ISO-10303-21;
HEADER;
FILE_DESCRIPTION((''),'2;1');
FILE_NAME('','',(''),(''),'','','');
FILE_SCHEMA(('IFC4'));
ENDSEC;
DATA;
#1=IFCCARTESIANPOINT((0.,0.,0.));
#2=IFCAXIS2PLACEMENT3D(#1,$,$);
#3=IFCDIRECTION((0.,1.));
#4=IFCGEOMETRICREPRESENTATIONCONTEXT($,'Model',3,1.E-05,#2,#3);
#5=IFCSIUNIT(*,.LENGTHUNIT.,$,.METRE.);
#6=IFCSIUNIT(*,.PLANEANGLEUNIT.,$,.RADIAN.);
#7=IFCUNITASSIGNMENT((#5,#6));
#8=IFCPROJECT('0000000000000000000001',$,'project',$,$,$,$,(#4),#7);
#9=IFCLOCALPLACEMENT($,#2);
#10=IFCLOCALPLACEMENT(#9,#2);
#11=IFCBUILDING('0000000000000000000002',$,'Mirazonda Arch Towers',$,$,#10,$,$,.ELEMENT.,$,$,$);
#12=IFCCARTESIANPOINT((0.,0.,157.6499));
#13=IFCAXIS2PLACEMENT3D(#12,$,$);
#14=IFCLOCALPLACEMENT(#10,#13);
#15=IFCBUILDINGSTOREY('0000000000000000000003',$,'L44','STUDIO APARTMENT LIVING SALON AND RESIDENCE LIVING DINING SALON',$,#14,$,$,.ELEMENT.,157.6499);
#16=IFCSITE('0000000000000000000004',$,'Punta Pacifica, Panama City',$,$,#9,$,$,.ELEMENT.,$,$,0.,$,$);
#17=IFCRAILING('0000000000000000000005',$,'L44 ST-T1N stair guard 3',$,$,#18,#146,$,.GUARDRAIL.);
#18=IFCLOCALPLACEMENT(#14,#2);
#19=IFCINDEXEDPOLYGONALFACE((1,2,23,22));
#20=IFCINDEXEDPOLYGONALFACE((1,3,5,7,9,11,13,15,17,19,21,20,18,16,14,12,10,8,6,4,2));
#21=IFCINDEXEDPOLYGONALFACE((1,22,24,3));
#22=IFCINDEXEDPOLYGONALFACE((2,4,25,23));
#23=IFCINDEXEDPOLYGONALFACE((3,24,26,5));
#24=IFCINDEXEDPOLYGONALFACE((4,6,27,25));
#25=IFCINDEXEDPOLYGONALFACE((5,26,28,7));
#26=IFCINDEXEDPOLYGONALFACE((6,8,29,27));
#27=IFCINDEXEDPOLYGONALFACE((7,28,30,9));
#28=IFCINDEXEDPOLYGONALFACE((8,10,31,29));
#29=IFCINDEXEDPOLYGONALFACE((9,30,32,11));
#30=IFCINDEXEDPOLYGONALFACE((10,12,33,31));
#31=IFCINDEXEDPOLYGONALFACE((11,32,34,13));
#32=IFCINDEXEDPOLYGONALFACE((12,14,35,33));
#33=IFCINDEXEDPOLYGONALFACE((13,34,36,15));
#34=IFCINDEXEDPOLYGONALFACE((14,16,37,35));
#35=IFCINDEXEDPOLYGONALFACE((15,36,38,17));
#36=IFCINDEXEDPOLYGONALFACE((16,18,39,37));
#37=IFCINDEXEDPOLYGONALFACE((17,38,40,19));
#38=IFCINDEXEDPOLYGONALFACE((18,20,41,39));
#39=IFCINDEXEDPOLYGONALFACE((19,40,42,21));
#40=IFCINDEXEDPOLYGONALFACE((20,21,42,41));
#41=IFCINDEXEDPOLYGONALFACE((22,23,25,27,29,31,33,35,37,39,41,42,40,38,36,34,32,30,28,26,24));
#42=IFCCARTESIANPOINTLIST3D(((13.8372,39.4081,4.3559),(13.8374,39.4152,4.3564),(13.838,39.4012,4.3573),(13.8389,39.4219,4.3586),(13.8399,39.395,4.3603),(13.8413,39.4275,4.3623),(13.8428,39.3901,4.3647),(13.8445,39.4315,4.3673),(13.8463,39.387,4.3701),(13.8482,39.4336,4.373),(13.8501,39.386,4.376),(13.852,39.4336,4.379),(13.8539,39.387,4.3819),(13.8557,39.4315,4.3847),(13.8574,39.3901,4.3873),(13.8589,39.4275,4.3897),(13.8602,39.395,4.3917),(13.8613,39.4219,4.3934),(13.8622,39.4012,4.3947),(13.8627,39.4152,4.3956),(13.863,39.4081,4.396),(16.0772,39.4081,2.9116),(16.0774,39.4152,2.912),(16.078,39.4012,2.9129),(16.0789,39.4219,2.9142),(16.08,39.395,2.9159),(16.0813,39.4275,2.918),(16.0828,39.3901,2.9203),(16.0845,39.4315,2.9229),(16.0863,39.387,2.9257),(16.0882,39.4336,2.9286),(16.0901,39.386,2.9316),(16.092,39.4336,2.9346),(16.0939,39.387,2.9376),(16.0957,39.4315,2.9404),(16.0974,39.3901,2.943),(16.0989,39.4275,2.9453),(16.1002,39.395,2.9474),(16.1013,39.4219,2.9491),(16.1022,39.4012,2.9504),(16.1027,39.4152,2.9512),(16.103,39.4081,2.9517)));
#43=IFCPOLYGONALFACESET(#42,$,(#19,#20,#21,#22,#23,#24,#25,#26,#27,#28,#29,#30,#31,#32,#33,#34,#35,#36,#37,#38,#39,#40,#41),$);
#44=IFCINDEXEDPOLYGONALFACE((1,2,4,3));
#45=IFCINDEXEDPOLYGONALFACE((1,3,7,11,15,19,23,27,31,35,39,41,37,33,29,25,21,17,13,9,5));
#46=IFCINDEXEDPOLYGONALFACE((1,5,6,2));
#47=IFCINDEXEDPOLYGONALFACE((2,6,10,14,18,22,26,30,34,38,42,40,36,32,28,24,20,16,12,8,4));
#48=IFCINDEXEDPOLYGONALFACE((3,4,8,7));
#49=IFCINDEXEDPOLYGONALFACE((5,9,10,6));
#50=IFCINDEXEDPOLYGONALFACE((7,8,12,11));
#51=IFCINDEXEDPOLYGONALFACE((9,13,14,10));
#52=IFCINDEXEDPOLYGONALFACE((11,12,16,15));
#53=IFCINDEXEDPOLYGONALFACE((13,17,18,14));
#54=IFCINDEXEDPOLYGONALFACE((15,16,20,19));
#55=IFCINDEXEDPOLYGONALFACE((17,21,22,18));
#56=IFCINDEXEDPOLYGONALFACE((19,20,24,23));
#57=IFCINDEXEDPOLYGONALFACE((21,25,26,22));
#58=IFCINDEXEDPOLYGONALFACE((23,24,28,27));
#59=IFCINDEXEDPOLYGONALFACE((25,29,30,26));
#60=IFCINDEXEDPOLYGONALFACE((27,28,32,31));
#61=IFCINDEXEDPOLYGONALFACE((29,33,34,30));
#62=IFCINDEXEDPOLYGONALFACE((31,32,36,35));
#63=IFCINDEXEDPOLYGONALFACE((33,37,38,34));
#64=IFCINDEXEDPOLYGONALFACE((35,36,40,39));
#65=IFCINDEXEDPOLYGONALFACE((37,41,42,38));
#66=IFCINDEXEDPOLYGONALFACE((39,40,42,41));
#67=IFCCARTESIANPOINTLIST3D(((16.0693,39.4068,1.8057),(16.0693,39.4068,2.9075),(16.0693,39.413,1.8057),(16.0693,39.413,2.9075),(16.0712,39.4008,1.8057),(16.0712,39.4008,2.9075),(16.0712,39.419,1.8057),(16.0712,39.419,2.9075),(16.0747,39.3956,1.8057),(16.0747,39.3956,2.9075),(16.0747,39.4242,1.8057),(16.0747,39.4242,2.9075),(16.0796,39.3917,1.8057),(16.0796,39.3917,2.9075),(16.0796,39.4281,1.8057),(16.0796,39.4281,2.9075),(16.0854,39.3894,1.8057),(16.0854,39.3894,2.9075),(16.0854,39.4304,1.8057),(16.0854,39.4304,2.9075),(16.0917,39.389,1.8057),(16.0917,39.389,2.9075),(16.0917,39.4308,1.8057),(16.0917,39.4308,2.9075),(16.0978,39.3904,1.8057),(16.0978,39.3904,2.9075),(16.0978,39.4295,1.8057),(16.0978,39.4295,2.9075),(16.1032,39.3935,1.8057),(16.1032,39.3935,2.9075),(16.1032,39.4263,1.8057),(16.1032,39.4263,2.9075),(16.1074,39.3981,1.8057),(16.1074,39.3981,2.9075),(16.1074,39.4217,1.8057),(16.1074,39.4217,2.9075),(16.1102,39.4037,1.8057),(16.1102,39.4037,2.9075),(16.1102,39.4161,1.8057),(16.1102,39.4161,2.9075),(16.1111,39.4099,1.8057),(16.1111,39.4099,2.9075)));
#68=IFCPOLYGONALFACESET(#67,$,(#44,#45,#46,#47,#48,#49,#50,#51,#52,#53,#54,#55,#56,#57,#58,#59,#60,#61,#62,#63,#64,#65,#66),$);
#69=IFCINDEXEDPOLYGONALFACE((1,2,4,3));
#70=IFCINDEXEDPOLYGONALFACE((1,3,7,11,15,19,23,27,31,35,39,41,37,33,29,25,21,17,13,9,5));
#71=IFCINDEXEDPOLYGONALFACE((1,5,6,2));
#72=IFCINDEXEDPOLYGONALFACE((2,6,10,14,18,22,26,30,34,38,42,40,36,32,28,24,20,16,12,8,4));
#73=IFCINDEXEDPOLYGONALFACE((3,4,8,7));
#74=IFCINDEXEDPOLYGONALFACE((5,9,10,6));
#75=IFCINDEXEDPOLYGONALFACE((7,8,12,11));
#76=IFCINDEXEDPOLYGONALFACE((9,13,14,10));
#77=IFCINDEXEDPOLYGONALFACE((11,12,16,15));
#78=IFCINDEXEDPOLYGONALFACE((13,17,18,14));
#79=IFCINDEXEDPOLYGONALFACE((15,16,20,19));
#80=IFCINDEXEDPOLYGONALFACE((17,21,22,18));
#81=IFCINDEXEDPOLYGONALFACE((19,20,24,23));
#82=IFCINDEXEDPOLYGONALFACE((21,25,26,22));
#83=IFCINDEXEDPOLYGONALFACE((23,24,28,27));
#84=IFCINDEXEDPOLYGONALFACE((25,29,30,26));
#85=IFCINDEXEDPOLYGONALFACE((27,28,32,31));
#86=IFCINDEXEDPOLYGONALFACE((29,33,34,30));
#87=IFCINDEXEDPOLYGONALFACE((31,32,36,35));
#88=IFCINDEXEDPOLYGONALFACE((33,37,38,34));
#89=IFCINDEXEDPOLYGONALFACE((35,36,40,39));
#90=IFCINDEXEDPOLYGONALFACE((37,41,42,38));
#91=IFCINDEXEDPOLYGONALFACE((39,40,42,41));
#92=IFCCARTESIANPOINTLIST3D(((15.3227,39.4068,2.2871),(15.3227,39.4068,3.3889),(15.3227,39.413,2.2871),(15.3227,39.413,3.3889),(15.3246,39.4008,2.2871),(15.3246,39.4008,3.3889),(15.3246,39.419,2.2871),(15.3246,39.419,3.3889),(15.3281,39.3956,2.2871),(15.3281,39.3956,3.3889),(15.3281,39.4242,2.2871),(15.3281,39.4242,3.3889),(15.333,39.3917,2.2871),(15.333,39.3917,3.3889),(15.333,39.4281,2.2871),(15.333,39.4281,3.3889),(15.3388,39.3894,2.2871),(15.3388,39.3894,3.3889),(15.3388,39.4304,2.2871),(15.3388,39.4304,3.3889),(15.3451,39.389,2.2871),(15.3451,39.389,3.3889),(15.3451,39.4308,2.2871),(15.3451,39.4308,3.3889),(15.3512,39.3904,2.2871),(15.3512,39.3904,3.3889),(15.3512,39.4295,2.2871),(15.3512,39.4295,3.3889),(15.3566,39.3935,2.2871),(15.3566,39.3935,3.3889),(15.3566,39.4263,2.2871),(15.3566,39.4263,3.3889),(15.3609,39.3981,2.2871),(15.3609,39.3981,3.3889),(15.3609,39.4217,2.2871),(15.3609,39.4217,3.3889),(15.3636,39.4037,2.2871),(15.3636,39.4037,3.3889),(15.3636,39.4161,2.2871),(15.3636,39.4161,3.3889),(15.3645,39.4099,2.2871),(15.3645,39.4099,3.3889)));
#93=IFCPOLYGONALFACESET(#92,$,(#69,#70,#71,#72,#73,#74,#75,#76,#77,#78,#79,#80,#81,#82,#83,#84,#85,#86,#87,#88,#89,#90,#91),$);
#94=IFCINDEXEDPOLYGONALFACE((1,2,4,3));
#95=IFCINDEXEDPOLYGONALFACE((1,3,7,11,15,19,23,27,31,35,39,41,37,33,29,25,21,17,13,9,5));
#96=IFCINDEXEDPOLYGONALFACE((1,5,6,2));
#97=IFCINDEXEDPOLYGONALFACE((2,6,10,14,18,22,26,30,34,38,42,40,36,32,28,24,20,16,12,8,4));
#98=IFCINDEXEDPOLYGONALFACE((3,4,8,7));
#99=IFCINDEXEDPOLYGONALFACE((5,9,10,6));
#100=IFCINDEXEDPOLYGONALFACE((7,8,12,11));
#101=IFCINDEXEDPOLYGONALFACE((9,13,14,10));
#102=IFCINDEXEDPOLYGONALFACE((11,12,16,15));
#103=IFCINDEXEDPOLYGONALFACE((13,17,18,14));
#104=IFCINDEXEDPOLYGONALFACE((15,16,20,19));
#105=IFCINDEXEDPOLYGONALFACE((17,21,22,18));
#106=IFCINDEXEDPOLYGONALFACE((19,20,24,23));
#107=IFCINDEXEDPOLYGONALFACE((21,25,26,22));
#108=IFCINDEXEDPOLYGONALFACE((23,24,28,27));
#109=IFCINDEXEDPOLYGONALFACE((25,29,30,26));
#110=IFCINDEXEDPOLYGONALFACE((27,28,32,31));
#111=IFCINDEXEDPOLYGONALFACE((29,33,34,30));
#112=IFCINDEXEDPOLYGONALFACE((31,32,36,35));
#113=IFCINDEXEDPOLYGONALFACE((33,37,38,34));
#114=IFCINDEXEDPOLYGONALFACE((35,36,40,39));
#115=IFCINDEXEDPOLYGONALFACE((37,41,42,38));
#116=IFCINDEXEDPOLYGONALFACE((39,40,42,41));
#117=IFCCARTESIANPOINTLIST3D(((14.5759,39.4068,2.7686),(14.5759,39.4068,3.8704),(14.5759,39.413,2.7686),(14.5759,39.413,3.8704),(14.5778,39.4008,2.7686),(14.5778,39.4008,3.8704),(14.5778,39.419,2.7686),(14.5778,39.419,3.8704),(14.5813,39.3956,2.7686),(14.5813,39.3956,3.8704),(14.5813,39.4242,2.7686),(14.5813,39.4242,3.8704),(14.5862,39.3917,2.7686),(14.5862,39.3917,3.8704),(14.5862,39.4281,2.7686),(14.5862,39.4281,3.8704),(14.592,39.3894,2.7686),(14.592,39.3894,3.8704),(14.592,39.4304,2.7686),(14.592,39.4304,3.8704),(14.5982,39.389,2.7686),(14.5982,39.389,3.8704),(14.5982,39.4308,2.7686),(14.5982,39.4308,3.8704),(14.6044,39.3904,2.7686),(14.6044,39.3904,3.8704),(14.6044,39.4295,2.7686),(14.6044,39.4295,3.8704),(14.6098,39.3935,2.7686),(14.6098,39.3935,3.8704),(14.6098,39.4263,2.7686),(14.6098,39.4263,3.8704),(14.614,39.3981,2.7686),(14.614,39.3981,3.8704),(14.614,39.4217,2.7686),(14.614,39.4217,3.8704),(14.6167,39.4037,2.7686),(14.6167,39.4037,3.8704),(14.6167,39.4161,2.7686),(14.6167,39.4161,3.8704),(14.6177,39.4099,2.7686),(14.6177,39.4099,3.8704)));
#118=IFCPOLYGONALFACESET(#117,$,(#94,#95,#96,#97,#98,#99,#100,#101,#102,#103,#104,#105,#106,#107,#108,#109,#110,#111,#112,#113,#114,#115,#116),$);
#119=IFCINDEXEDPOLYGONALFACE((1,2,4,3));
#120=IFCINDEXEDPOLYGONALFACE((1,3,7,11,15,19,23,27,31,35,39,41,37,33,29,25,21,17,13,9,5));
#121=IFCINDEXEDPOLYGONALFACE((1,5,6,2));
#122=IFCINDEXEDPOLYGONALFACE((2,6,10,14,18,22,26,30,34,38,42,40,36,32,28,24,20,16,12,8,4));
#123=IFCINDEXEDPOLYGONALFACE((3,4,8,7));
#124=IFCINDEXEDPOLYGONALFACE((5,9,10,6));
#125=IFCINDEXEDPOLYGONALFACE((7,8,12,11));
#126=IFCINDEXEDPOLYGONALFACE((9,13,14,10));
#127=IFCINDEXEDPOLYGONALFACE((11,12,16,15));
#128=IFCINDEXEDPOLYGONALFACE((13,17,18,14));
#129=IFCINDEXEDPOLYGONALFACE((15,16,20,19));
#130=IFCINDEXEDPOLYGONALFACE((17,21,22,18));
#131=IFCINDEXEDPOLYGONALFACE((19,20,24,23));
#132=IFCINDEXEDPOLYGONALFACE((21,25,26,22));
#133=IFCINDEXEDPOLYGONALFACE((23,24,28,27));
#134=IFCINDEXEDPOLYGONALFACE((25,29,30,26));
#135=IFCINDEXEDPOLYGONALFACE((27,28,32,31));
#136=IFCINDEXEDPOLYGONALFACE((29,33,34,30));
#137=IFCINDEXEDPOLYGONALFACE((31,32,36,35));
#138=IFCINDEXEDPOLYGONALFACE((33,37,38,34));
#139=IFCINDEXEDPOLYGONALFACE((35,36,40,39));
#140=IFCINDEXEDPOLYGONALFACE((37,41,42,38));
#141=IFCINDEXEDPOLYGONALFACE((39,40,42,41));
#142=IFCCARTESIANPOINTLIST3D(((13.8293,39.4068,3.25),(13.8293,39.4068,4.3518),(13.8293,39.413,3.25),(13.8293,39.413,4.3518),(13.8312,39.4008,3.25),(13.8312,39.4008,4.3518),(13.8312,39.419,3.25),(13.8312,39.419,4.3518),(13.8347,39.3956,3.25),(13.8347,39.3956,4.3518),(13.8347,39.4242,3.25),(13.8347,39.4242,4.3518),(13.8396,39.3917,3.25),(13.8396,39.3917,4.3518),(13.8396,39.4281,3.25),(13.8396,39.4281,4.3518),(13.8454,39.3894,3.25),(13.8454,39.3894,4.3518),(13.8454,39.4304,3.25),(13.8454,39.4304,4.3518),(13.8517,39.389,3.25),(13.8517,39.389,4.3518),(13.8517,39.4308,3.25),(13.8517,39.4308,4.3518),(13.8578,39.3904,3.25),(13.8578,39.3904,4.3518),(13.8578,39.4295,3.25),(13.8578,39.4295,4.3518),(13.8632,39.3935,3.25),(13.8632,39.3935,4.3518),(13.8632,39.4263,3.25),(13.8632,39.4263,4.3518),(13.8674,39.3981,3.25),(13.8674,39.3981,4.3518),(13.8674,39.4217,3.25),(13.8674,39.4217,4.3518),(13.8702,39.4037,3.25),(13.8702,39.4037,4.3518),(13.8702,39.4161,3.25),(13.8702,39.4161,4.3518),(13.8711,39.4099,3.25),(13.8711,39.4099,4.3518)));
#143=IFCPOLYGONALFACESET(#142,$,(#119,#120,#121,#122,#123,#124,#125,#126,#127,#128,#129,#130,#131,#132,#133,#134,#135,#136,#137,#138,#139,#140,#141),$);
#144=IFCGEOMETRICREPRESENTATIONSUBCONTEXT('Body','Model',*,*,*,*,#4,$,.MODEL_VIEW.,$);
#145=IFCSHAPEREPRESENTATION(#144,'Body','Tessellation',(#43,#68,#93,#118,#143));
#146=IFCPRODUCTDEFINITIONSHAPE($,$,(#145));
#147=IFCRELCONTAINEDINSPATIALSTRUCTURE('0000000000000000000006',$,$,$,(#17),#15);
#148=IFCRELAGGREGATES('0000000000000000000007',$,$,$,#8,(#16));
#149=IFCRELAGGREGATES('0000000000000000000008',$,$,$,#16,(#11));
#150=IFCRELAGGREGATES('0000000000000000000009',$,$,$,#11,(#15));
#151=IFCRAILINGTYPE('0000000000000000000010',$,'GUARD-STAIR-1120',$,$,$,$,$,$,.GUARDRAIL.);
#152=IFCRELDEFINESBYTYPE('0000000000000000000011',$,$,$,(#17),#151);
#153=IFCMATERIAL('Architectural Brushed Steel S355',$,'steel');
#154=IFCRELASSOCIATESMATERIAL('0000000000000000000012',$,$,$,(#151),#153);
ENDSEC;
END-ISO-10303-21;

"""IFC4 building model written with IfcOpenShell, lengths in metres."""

from ifc_helpers import new_model, si_unit, direction, frame, origin, origin_2d, place, context, subcontext, project, spatial, circle, extrude, material, type_object, element, save


model = new_model("IFC4")

# Units and contexts
model_context = context("Model", 3, precision=1e-05, world=origin(), true_north=direction((0.0, 1.0)))
body_context = subcontext(model_context, "Body", "Model", "MODEL_VIEW")
ifc_project = project(units=[si_unit("LENGTHUNIT", "METRE"), si_unit("PLANEANGLEUNIT", "RADIAN")], contexts=[model_context])

# Site, building, storey
site_placement = place(None, origin())
site = spatial("IfcSite", under=ifc_project, at=site_placement, Name="Punta Pacifica, Panama City", CompositionType="ELEMENT", RefElevation=0.0)
building_placement = place(site_placement, origin())
building = spatial("IfcBuilding", under=site, at=building_placement, Name="Mirazonda Arch Towers", CompositionType="ELEMENT")
storey_placement = place(building_placement, frame((0.0, 0.0, 157.6499)))
storey = spatial("IfcBuildingStorey", under=building, at=storey_placement, Name="L44", Description="STUDIO APARTMENT LIVING SALON AND RESIDENCE LIVING DINING SALON", CompositionType="ELEMENT", Elevation=157.6499)

# Shared definitions
ifc_material_1 = material(Name="Architectural Brushed Steel S355", Category="steel")

# Railing
railing_type_1 = type_object("IfcRailingType", Name="GUARD-STAIR-1120", PredefinedType="GUARDRAIL", material=ifc_material_1)
railing_1_placement = place(storey_placement, frame((16.0901, 39.4099, 1.8057)))
element("IfcRailing", 1, at=railing_1_placement, inside=storey, type_object=railing_type_1, Name="L44 ST-T1N stair guard 3", PredefinedType="GUARDRAIL", context=body_context, shape_type="SweptSolid", body=[
    extrude(circle(Radius=0.0239, at=origin_2d()), frame((0.0, 0.0, 1.126), z_axis=(-0.840437, 0.0, 0.54191), x_axis=(0.0, -1.0, 0.0)), (0.0, 0.0, 1.0), 2.6653),
    extrude(circle(Radius=0.021, at=origin_2d()), origin(), (0.0, 0.0, 1.0), 1.1018),
    extrude(circle(Radius=0.021, at=origin_2d()), frame((-0.7466, 0.0, 0.4814)), (0.0, 0.0, 1.0), 1.1018),
    extrude(circle(Radius=0.021, at=origin_2d()), frame((-1.4934, 0.0, 0.9629)), (0.0, 0.0, 1.0), 1.1018),
    extrude(circle(Radius=0.021, at=origin_2d()), frame((-2.24, 0.0, 1.4443)), (0.0, 0.0, 1.0), 1.1018),
])

save(model, "model.ifc")
